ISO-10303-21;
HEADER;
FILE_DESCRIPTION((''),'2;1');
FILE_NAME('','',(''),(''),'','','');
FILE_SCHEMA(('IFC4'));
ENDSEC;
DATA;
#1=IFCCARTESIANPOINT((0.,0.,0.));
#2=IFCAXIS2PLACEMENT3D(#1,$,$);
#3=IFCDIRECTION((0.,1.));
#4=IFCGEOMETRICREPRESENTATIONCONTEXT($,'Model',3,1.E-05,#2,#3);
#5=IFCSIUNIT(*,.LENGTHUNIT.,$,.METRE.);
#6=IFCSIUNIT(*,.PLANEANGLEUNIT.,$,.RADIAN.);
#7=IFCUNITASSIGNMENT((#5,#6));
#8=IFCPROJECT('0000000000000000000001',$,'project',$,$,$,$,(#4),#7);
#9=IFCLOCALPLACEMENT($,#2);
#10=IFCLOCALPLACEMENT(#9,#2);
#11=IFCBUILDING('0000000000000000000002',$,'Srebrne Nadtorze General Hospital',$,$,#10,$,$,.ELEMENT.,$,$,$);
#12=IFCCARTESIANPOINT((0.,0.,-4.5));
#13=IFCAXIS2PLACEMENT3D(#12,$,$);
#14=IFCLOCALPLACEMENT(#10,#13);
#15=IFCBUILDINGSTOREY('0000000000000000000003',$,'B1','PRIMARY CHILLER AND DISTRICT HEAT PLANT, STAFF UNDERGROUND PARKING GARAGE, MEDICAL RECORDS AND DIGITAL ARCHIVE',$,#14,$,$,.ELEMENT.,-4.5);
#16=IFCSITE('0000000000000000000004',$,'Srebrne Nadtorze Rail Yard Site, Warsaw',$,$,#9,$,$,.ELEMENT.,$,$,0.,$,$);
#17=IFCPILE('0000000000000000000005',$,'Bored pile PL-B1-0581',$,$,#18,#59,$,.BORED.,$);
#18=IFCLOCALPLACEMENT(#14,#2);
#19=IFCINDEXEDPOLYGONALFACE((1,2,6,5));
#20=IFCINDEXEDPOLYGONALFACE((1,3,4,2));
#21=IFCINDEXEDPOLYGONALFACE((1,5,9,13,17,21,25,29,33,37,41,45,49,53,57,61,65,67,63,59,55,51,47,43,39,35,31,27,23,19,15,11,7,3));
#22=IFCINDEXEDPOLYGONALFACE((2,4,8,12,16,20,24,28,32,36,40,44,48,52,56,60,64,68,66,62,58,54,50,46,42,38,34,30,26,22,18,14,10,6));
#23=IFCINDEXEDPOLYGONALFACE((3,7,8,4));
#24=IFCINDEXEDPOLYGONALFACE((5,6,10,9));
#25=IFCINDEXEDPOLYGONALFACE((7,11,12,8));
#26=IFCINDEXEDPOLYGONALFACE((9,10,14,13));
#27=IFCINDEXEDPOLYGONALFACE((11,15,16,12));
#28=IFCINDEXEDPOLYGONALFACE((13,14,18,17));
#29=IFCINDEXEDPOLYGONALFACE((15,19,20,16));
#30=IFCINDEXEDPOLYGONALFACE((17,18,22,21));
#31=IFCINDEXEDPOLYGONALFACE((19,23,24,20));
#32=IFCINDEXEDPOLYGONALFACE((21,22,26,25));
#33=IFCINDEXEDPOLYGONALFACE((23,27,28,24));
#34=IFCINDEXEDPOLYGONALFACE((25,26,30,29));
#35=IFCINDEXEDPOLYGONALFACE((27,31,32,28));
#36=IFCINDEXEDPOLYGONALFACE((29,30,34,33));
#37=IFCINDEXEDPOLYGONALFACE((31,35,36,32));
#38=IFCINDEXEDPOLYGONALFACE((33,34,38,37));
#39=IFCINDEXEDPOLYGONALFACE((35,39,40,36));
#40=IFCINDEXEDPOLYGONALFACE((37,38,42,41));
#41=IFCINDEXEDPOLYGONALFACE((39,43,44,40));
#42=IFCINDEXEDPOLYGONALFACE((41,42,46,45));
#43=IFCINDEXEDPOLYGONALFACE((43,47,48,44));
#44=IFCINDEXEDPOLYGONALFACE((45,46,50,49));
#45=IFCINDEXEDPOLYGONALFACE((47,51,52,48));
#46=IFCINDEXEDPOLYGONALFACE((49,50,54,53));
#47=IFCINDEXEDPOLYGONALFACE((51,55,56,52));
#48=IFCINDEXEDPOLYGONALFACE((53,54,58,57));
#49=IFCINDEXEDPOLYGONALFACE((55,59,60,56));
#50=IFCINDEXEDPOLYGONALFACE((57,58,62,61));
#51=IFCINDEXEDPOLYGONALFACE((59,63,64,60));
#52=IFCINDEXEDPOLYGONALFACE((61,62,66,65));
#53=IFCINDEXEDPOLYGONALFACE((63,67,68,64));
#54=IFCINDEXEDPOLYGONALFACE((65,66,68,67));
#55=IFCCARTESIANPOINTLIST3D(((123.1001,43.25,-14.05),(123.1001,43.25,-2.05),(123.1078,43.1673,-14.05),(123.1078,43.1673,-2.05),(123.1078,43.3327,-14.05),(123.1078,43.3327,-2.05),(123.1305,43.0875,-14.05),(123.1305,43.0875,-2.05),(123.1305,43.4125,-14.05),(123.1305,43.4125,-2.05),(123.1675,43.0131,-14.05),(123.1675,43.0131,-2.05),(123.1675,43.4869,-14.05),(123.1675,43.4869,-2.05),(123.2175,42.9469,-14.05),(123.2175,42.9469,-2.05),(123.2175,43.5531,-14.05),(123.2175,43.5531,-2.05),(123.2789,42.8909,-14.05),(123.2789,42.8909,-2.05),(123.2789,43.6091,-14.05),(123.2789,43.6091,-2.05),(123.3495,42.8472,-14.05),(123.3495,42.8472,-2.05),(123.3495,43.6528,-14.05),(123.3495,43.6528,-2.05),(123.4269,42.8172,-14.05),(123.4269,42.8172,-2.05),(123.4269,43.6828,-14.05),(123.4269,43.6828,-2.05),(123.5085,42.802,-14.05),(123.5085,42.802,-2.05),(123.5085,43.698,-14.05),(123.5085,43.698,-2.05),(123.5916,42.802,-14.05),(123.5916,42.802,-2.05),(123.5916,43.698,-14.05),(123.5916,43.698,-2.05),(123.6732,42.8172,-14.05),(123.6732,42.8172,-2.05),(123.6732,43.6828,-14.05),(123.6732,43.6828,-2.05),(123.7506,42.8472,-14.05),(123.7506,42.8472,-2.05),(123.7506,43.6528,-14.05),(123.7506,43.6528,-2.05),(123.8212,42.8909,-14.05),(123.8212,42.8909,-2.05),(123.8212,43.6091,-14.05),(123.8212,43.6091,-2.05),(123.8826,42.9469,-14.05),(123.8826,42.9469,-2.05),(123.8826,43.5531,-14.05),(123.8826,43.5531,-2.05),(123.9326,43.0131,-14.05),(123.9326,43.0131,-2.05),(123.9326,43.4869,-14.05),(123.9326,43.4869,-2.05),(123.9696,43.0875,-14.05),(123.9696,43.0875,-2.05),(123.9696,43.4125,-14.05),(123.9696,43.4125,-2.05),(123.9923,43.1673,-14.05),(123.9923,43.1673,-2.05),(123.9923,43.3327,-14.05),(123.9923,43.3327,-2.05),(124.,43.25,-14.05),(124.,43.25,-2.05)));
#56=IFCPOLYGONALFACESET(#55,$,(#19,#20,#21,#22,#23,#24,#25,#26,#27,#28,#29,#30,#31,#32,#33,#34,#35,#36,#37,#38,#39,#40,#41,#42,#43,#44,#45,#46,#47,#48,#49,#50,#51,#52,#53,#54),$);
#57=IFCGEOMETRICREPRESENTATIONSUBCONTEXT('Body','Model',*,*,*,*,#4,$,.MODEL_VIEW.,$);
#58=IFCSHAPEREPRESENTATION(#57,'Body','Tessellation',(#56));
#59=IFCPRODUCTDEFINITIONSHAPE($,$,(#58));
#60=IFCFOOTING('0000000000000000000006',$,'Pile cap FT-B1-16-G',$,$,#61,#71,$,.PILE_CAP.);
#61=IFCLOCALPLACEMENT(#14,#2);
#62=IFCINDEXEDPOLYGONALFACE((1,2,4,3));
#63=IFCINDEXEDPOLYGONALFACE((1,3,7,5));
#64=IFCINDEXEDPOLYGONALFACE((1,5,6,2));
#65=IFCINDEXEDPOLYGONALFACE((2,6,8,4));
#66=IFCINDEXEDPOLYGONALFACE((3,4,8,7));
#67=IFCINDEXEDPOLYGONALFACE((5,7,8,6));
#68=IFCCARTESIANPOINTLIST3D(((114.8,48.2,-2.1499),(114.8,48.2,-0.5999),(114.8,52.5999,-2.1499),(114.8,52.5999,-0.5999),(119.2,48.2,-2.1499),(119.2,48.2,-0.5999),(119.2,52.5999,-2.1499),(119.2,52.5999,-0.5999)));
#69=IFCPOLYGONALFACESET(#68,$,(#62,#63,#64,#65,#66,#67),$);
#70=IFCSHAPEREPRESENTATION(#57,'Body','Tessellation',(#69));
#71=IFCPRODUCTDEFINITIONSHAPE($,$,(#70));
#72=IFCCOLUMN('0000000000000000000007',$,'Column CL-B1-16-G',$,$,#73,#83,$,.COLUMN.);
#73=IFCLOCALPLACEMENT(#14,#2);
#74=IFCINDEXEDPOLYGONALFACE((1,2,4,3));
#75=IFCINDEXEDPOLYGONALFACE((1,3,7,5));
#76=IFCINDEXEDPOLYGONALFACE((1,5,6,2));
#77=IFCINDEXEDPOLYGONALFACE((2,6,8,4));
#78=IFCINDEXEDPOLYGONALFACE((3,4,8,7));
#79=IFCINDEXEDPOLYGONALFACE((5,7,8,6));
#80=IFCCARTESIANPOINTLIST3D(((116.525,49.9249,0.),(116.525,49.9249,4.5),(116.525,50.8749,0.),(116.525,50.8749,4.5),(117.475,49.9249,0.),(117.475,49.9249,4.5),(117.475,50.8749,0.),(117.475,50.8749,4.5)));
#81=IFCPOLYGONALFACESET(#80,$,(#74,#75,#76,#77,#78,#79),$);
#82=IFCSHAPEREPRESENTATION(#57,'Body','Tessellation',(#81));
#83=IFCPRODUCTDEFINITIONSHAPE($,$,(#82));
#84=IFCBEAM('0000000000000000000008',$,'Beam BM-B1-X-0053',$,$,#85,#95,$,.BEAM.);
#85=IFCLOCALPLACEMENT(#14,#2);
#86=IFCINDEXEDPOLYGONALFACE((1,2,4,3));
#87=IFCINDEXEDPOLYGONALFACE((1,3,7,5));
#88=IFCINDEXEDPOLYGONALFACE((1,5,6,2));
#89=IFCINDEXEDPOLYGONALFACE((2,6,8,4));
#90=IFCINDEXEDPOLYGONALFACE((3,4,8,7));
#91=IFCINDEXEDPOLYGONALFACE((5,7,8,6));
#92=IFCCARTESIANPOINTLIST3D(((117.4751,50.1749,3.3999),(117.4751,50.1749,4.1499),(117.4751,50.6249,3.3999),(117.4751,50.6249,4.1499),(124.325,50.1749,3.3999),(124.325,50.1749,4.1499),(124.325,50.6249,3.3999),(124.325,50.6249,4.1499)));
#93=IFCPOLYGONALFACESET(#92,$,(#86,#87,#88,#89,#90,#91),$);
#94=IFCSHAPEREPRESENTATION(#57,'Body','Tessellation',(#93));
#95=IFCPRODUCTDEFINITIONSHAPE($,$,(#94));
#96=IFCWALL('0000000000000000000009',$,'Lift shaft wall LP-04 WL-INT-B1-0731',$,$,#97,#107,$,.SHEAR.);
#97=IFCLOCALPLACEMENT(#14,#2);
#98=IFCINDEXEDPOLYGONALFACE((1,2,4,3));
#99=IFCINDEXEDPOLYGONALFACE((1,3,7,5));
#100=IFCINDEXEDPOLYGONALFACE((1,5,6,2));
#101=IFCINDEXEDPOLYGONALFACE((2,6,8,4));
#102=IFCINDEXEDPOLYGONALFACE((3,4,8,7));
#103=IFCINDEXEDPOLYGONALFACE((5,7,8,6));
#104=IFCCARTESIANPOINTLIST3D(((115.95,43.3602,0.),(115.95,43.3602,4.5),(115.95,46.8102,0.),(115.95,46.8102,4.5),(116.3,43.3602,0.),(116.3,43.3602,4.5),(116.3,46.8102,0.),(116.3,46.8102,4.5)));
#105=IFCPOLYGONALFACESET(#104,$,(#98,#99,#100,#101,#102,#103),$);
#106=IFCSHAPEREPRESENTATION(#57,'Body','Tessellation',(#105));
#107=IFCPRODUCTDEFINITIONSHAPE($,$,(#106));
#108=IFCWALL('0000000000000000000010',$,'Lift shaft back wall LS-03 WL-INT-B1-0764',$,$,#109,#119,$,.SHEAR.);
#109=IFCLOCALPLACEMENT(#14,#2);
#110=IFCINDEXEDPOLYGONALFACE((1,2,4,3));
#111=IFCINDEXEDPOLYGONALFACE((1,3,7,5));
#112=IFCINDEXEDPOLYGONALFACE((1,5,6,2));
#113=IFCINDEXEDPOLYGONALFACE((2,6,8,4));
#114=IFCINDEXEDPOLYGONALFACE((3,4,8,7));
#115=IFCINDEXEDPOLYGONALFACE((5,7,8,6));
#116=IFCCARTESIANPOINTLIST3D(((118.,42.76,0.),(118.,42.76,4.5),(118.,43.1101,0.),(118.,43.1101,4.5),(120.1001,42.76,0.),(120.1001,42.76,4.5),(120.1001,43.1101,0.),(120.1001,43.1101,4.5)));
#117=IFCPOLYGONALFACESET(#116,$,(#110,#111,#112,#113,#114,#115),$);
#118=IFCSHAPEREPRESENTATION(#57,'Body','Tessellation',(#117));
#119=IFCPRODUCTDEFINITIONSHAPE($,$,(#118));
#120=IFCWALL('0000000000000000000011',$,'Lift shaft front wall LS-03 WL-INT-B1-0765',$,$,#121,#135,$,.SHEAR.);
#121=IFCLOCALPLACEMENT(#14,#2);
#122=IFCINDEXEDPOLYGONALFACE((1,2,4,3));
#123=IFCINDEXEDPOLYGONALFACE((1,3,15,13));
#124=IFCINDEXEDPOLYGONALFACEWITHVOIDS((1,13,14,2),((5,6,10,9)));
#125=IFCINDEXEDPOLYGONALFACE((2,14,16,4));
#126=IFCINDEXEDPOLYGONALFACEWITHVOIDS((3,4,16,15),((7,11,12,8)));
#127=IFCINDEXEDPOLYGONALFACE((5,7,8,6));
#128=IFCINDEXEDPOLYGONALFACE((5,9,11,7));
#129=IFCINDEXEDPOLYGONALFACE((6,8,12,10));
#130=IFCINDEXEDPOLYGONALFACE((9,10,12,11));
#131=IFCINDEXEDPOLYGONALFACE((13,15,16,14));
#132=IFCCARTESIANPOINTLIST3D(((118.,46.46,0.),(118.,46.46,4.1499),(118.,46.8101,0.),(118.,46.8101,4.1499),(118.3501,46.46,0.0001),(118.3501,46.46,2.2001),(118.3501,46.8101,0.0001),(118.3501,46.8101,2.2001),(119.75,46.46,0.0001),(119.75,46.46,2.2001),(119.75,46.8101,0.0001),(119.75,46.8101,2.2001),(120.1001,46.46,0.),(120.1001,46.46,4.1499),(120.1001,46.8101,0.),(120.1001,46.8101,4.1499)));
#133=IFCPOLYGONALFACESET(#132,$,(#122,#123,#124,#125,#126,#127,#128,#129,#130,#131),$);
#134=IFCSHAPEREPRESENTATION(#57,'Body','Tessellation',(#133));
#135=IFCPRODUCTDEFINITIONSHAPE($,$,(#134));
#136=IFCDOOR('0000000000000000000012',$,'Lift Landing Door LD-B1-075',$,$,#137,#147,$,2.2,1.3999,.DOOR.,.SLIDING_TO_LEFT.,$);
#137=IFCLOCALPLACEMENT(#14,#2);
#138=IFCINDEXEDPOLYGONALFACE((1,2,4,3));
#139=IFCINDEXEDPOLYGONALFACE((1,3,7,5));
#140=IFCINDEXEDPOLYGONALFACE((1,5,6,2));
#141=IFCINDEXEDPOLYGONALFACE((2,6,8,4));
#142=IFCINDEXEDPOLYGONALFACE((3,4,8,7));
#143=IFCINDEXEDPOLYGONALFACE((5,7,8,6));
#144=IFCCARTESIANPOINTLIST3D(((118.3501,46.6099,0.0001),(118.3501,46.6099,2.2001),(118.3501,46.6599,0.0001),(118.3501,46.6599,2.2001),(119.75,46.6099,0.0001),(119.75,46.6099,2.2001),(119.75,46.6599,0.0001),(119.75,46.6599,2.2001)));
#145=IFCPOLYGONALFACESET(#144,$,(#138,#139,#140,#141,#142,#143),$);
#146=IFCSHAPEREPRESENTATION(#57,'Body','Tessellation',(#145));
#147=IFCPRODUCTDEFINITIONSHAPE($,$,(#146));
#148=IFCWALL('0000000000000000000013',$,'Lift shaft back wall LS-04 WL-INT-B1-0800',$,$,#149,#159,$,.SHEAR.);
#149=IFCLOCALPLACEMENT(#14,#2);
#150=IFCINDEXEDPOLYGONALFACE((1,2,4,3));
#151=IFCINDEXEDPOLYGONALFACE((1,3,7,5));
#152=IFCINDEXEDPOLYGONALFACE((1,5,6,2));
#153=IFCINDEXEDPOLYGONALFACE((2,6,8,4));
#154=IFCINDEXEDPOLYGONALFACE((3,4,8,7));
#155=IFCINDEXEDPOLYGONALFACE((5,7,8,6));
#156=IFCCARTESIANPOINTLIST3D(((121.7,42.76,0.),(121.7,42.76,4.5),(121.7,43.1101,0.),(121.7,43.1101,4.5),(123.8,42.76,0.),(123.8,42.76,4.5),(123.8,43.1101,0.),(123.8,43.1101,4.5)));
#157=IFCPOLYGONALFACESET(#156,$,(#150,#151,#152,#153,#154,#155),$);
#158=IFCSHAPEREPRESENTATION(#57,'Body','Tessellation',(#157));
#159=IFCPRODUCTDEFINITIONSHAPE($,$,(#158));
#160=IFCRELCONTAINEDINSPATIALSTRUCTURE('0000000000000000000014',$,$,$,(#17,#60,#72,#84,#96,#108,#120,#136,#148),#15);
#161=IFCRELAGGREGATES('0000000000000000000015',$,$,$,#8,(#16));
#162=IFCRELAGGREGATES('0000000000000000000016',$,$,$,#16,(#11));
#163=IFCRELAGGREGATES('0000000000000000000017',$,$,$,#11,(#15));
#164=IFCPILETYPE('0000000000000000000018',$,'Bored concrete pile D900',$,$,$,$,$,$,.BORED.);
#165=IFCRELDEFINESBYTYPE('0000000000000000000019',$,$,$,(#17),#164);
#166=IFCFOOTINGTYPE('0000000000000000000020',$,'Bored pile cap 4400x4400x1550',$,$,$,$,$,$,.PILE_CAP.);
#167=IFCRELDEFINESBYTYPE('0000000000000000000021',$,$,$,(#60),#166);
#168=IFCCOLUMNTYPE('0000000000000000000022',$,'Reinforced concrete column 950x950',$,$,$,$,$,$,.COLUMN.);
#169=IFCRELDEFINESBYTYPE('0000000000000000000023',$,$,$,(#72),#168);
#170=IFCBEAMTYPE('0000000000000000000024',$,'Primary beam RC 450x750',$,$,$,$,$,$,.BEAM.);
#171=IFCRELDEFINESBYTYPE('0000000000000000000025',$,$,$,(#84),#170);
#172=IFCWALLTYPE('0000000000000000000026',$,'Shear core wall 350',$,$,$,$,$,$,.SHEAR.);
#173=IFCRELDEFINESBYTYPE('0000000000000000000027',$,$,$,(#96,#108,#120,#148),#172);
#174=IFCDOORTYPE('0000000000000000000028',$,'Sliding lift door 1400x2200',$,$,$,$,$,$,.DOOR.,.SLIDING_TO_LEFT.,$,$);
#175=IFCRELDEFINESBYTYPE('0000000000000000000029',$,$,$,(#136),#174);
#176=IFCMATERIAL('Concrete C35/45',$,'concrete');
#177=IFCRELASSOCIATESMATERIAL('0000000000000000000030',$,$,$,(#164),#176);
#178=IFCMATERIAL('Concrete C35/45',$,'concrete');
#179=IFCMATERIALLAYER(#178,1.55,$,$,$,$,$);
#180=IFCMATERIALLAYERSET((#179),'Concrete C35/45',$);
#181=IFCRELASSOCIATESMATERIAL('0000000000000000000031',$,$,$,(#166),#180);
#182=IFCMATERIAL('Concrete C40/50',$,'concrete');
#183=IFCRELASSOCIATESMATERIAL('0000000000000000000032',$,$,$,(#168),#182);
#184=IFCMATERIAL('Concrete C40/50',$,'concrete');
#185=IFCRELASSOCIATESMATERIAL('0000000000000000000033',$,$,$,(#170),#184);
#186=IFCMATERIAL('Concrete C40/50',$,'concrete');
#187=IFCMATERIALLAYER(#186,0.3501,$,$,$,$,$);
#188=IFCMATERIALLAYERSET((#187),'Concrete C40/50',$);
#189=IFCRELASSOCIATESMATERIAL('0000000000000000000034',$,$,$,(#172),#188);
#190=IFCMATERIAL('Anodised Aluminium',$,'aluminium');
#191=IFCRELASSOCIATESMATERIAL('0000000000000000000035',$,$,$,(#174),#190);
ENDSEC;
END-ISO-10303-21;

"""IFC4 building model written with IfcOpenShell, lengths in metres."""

from ifc_helpers import new_model, si_unit, direction, frame, frame_2d, origin, origin_2d, place, context, subcontext, project, spatial, rectangle, circle, extrude, material, layer, layer_set, material_profile, profile_set, type_object, element, fill, save


model = new_model("IFC4")

# Units and contexts
model_context = context("Model", 3, precision=1e-05, world=origin(), true_north=direction((0.0, 1.0)))
body_context = subcontext(model_context, "Body", "Model", "MODEL_VIEW")
ifc_project = project(units=[si_unit("LENGTHUNIT", "METRE"), si_unit("PLANEANGLEUNIT", "RADIAN")], contexts=[model_context])

# Site, building, storey
site_placement = place(None, origin())
site = spatial("IfcSite", under=ifc_project, at=site_placement, Name="Srebrne Nadtorze Rail Yard Site, Warsaw", CompositionType="ELEMENT", RefElevation=0.0)
building_placement = place(site_placement, origin())
building = spatial("IfcBuilding", under=site, at=building_placement, Name="Srebrne Nadtorze General Hospital", CompositionType="ELEMENT")
storey_placement = place(building_placement, frame((0.0, 0.0, -4.5)))
storey = spatial("IfcBuildingStorey", under=building, at=storey_placement, Name="B1", Description="PRIMARY CHILLER AND DISTRICT HEAT PLANT, STAFF UNDERGROUND PARKING GARAGE, MEDICAL RECORDS AND DIGITAL ARCHIVE", CompositionType="ELEMENT", Elevation=-4.5)

# Pile
ifc_material_1 = material(Name="Concrete C35/45", Category="concrete")
ifc_material_profile_1 = material_profile(ifc_material_1, circle(Radius=0.45, at=origin_2d()), Name="PILE-D900")
ifc_profile_set_1 = profile_set([ifc_material_profile_1], Name="Concrete C35/45")
pile_type_1 = type_object("IfcPileType", Name="Bored concrete pile D900", PredefinedType="BORED", material=ifc_profile_set_1)
for number, where, z_axis, x_axis, name in (
    (1, (123.55, 43.25, -2.05), (0.0, 0.0, -1.0), (1.0, 0.0, 0.0), "Bored pile PL-B1-0581"),
):
    element("IfcPile", number, at=place(storey_placement, frame(where, z_axis=z_axis, x_axis=x_axis)), inside=storey, type_object=pile_type_1, Name=name, PredefinedType="BORED", context=body_context, shape_type="SweptSolid", body=[
        extrude(circle(Radius=0.45, at=origin_2d()), origin(), (0.0, 0.0, 1.0), 12.0),
    ])

# Footing
ifc_material_2 = material(Name="Concrete C35/45", Category="concrete")
ifc_layer_1 = layer(ifc_material_2, 1.55)
ifc_layer_set_1 = layer_set([ifc_layer_1], Name="Concrete C35/45")
footing_type = type_object("IfcFootingType", Name="Bored pile cap 4400x4400x1550", PredefinedType="PILE_CAP", material=ifc_layer_set_1)
footing_placement = place(storey_placement, frame((117.0, 50.3999, -2.1499), z_axis=(0.0, 0.0, 1.0), x_axis=(1.0, 0.0, 0.0)))
element("IfcFooting", 2, at=footing_placement, inside=storey, type_object=footing_type, Name="Pile cap FT-B1-16-G", PredefinedType="PILE_CAP", context=body_context, shape_type="SweptSolid", body=[
    extrude(rectangle(XDim=4.3999, YDim=4.3999, at=origin_2d()), origin(), (0.0, 0.0, 1.0), 1.55),
])

# Column
ifc_material_3 = material(Name="Concrete C40/50", Category="concrete")
ifc_material_profile_2 = material_profile(ifc_material_3, rectangle(XDim=0.95, YDim=0.95, at=origin_2d()), Name="RC-COL-950x950")
ifc_profile_set_2 = profile_set([ifc_material_profile_2], Name="Concrete C40/50")
column_type = type_object("IfcColumnType", Name="Reinforced concrete column 950x950", PredefinedType="COLUMN", material=ifc_profile_set_2)
column_placement = place(storey_placement, frame((117.0, 50.3999, 0.0), z_axis=(0.0, 0.0, 1.0), x_axis=(1.0, 0.0, 0.0)))
element("IfcColumn", 3, at=column_placement, inside=storey, type_object=column_type, Name="Column CL-B1-16-G", PredefinedType="COLUMN", context=body_context, shape_type="SweptSolid", body=[
    extrude(rectangle(XDim=0.95, YDim=0.95, at=origin_2d()), origin(), (0.0, 0.0, 1.0), 4.5),
])

# Beam
ifc_material_4 = material(Name="Concrete C40/50", Category="concrete")
ifc_material_profile_3 = material_profile(ifc_material_4, rectangle(XDim=0.45, YDim=0.75, at=origin_2d()), Name="RC-BM-450x750")
ifc_profile_set_3 = profile_set([ifc_material_profile_3], Name="Concrete C40/50")
beam_type = type_object("IfcBeamType", Name="Primary beam RC 450x750", PredefinedType="BEAM", material=ifc_profile_set_3)
beam_placement = place(storey_placement, frame((117.4751, 50.3999, 3.7749), z_axis=(1.0, 0.0, 0.0), x_axis=(0.0, 1.0, 0.0)))
element("IfcBeam", 4, at=beam_placement, inside=storey, type_object=beam_type, Name="Beam BM-B1-X-0053", PredefinedType="BEAM", context=body_context, shape_type="SweptSolid", body=[
    extrude(rectangle(XDim=0.45, YDim=0.75, at=origin_2d()), origin(), (0.0, 0.0, 1.0), 6.8499),
])

# Walls
ifc_material_5 = material(Name="Concrete C40/50", Category="concrete")
ifc_layer_2 = layer(ifc_material_5, 0.3501)
ifc_layer_set_2 = layer_set([ifc_layer_2], Name="Concrete C40/50")
wall_type = type_object("IfcWallType", Name="Shear core wall 350", PredefinedType="SHEAR", material=ifc_layer_set_2)
wall_1_placement = place(storey_placement, frame((116.125, 43.3601, 0.0), z_axis=(0.0, 0.0, 1.0), x_axis=(0.0, 1.0, 0.0)))
element("IfcWall", 5, at=wall_1_placement, inside=storey, type_object=wall_type, Name="Lift shaft wall LP-04 WL-INT-B1-0731", PredefinedType="SHEAR", context=body_context, shape_type="SweptSolid", body=[
    extrude(rectangle(XDim=3.45, YDim=0.3501, at=frame_2d((1.7251, 0.0))), origin(), (0.0, 0.0, 1.0), 4.5),
])
wall_2_placement = place(storey_placement, frame((118.0, 42.9351, 0.0), z_axis=(0.0, 0.0, 1.0), x_axis=(1.0, 0.0, 0.0)))
element("IfcWall", 6, at=wall_2_placement, inside=storey, type_object=wall_type, Name="Lift shaft back wall LS-03 WL-INT-B1-0764", PredefinedType="SHEAR", context=body_context, shape_type="SweptSolid", body=[
    extrude(rectangle(XDim=2.1001, YDim=0.3501, at=frame_2d((1.05, 0.0))), origin(), (0.0, 0.0, 1.0), 4.5),
])

# Wall, opening, door
wall_3_placement = place(storey_placement, frame((118.0, 46.635, 0.0), z_axis=(0.0, 0.0, 1.0), x_axis=(1.0, 0.0, 0.0)))
wall_3 = element("IfcWall", 7, at=wall_3_placement, inside=storey, type_object=wall_type, Name="Lift shaft front wall LS-03 WL-INT-B1-0765", PredefinedType="SHEAR", context=body_context, shape_type="SweptSolid", body=[
    extrude(rectangle(XDim=2.1001, YDim=0.3501, at=frame_2d((1.05, 0.0))), origin(), (0.0, 0.0, 1.0), 4.1499),
])
opening_1_placement = place(wall_3_placement, frame((0.3501, 0.0, 0.0)))
opening_1 = element("IfcOpeningElement", 8, at=opening_1_placement, cuts=wall_3, PredefinedType="OPENING", context=body_context, shape_type="SweptSolid", body=[
    extrude(rectangle(XDim=1.3999, YDim=2.2, at=frame_2d((0.7, 1.1001))), frame((0.0, 0.187, 0.0), z_axis=(0.0, -1.0, 0.0), x_axis=(1.0, 0.0, 0.0)), (0.0, 0.0, 1.0), 0.374),
])
ifc_material_6 = material(Name="Anodised Aluminium", Category="aluminium")
door_type = type_object("IfcDoorType", Name="Sliding lift door 1400x2200", OperationType="SLIDING_TO_LEFT", PredefinedType="DOOR", material=ifc_material_6)
door_1_placement = place(opening_1_placement, origin())
door_1 = element("IfcDoor", 9, at=door_1_placement, inside=storey, type_object=door_type, Name="Lift Landing Door LD-B1-075", OperationType="SLIDING_TO_LEFT", OverallHeight=2.2, OverallWidth=1.3999, PredefinedType="DOOR", context=body_context, shape_type="SweptSolid", body=[
    extrude(rectangle(XDim=1.3999, YDim=2.2, at=frame_2d((0.7, 1.1001))), frame((0.0, 0.0249, 0.0), z_axis=(0.0, -1.0, 0.0), x_axis=(1.0, 0.0, 0.0)), (0.0, 0.0, 1.0), 0.05),
])
fill(opening_1, door_1)

# Wall
wall_4_placement = place(storey_placement, frame((121.7, 42.9351, 0.0), z_axis=(0.0, 0.0, 1.0), x_axis=(1.0, 0.0, 0.0)))
element("IfcWall", 10, at=wall_4_placement, inside=storey, type_object=wall_type, Name="Lift shaft back wall LS-04 WL-INT-B1-0800", PredefinedType="SHEAR", context=body_context, shape_type="SweptSolid", body=[
    extrude(rectangle(XDim=2.1001, YDim=0.3501, at=frame_2d((1.05, 0.0))), origin(), (0.0, 0.0, 1.0), 4.5),
])

save(model, "model.ifc")
